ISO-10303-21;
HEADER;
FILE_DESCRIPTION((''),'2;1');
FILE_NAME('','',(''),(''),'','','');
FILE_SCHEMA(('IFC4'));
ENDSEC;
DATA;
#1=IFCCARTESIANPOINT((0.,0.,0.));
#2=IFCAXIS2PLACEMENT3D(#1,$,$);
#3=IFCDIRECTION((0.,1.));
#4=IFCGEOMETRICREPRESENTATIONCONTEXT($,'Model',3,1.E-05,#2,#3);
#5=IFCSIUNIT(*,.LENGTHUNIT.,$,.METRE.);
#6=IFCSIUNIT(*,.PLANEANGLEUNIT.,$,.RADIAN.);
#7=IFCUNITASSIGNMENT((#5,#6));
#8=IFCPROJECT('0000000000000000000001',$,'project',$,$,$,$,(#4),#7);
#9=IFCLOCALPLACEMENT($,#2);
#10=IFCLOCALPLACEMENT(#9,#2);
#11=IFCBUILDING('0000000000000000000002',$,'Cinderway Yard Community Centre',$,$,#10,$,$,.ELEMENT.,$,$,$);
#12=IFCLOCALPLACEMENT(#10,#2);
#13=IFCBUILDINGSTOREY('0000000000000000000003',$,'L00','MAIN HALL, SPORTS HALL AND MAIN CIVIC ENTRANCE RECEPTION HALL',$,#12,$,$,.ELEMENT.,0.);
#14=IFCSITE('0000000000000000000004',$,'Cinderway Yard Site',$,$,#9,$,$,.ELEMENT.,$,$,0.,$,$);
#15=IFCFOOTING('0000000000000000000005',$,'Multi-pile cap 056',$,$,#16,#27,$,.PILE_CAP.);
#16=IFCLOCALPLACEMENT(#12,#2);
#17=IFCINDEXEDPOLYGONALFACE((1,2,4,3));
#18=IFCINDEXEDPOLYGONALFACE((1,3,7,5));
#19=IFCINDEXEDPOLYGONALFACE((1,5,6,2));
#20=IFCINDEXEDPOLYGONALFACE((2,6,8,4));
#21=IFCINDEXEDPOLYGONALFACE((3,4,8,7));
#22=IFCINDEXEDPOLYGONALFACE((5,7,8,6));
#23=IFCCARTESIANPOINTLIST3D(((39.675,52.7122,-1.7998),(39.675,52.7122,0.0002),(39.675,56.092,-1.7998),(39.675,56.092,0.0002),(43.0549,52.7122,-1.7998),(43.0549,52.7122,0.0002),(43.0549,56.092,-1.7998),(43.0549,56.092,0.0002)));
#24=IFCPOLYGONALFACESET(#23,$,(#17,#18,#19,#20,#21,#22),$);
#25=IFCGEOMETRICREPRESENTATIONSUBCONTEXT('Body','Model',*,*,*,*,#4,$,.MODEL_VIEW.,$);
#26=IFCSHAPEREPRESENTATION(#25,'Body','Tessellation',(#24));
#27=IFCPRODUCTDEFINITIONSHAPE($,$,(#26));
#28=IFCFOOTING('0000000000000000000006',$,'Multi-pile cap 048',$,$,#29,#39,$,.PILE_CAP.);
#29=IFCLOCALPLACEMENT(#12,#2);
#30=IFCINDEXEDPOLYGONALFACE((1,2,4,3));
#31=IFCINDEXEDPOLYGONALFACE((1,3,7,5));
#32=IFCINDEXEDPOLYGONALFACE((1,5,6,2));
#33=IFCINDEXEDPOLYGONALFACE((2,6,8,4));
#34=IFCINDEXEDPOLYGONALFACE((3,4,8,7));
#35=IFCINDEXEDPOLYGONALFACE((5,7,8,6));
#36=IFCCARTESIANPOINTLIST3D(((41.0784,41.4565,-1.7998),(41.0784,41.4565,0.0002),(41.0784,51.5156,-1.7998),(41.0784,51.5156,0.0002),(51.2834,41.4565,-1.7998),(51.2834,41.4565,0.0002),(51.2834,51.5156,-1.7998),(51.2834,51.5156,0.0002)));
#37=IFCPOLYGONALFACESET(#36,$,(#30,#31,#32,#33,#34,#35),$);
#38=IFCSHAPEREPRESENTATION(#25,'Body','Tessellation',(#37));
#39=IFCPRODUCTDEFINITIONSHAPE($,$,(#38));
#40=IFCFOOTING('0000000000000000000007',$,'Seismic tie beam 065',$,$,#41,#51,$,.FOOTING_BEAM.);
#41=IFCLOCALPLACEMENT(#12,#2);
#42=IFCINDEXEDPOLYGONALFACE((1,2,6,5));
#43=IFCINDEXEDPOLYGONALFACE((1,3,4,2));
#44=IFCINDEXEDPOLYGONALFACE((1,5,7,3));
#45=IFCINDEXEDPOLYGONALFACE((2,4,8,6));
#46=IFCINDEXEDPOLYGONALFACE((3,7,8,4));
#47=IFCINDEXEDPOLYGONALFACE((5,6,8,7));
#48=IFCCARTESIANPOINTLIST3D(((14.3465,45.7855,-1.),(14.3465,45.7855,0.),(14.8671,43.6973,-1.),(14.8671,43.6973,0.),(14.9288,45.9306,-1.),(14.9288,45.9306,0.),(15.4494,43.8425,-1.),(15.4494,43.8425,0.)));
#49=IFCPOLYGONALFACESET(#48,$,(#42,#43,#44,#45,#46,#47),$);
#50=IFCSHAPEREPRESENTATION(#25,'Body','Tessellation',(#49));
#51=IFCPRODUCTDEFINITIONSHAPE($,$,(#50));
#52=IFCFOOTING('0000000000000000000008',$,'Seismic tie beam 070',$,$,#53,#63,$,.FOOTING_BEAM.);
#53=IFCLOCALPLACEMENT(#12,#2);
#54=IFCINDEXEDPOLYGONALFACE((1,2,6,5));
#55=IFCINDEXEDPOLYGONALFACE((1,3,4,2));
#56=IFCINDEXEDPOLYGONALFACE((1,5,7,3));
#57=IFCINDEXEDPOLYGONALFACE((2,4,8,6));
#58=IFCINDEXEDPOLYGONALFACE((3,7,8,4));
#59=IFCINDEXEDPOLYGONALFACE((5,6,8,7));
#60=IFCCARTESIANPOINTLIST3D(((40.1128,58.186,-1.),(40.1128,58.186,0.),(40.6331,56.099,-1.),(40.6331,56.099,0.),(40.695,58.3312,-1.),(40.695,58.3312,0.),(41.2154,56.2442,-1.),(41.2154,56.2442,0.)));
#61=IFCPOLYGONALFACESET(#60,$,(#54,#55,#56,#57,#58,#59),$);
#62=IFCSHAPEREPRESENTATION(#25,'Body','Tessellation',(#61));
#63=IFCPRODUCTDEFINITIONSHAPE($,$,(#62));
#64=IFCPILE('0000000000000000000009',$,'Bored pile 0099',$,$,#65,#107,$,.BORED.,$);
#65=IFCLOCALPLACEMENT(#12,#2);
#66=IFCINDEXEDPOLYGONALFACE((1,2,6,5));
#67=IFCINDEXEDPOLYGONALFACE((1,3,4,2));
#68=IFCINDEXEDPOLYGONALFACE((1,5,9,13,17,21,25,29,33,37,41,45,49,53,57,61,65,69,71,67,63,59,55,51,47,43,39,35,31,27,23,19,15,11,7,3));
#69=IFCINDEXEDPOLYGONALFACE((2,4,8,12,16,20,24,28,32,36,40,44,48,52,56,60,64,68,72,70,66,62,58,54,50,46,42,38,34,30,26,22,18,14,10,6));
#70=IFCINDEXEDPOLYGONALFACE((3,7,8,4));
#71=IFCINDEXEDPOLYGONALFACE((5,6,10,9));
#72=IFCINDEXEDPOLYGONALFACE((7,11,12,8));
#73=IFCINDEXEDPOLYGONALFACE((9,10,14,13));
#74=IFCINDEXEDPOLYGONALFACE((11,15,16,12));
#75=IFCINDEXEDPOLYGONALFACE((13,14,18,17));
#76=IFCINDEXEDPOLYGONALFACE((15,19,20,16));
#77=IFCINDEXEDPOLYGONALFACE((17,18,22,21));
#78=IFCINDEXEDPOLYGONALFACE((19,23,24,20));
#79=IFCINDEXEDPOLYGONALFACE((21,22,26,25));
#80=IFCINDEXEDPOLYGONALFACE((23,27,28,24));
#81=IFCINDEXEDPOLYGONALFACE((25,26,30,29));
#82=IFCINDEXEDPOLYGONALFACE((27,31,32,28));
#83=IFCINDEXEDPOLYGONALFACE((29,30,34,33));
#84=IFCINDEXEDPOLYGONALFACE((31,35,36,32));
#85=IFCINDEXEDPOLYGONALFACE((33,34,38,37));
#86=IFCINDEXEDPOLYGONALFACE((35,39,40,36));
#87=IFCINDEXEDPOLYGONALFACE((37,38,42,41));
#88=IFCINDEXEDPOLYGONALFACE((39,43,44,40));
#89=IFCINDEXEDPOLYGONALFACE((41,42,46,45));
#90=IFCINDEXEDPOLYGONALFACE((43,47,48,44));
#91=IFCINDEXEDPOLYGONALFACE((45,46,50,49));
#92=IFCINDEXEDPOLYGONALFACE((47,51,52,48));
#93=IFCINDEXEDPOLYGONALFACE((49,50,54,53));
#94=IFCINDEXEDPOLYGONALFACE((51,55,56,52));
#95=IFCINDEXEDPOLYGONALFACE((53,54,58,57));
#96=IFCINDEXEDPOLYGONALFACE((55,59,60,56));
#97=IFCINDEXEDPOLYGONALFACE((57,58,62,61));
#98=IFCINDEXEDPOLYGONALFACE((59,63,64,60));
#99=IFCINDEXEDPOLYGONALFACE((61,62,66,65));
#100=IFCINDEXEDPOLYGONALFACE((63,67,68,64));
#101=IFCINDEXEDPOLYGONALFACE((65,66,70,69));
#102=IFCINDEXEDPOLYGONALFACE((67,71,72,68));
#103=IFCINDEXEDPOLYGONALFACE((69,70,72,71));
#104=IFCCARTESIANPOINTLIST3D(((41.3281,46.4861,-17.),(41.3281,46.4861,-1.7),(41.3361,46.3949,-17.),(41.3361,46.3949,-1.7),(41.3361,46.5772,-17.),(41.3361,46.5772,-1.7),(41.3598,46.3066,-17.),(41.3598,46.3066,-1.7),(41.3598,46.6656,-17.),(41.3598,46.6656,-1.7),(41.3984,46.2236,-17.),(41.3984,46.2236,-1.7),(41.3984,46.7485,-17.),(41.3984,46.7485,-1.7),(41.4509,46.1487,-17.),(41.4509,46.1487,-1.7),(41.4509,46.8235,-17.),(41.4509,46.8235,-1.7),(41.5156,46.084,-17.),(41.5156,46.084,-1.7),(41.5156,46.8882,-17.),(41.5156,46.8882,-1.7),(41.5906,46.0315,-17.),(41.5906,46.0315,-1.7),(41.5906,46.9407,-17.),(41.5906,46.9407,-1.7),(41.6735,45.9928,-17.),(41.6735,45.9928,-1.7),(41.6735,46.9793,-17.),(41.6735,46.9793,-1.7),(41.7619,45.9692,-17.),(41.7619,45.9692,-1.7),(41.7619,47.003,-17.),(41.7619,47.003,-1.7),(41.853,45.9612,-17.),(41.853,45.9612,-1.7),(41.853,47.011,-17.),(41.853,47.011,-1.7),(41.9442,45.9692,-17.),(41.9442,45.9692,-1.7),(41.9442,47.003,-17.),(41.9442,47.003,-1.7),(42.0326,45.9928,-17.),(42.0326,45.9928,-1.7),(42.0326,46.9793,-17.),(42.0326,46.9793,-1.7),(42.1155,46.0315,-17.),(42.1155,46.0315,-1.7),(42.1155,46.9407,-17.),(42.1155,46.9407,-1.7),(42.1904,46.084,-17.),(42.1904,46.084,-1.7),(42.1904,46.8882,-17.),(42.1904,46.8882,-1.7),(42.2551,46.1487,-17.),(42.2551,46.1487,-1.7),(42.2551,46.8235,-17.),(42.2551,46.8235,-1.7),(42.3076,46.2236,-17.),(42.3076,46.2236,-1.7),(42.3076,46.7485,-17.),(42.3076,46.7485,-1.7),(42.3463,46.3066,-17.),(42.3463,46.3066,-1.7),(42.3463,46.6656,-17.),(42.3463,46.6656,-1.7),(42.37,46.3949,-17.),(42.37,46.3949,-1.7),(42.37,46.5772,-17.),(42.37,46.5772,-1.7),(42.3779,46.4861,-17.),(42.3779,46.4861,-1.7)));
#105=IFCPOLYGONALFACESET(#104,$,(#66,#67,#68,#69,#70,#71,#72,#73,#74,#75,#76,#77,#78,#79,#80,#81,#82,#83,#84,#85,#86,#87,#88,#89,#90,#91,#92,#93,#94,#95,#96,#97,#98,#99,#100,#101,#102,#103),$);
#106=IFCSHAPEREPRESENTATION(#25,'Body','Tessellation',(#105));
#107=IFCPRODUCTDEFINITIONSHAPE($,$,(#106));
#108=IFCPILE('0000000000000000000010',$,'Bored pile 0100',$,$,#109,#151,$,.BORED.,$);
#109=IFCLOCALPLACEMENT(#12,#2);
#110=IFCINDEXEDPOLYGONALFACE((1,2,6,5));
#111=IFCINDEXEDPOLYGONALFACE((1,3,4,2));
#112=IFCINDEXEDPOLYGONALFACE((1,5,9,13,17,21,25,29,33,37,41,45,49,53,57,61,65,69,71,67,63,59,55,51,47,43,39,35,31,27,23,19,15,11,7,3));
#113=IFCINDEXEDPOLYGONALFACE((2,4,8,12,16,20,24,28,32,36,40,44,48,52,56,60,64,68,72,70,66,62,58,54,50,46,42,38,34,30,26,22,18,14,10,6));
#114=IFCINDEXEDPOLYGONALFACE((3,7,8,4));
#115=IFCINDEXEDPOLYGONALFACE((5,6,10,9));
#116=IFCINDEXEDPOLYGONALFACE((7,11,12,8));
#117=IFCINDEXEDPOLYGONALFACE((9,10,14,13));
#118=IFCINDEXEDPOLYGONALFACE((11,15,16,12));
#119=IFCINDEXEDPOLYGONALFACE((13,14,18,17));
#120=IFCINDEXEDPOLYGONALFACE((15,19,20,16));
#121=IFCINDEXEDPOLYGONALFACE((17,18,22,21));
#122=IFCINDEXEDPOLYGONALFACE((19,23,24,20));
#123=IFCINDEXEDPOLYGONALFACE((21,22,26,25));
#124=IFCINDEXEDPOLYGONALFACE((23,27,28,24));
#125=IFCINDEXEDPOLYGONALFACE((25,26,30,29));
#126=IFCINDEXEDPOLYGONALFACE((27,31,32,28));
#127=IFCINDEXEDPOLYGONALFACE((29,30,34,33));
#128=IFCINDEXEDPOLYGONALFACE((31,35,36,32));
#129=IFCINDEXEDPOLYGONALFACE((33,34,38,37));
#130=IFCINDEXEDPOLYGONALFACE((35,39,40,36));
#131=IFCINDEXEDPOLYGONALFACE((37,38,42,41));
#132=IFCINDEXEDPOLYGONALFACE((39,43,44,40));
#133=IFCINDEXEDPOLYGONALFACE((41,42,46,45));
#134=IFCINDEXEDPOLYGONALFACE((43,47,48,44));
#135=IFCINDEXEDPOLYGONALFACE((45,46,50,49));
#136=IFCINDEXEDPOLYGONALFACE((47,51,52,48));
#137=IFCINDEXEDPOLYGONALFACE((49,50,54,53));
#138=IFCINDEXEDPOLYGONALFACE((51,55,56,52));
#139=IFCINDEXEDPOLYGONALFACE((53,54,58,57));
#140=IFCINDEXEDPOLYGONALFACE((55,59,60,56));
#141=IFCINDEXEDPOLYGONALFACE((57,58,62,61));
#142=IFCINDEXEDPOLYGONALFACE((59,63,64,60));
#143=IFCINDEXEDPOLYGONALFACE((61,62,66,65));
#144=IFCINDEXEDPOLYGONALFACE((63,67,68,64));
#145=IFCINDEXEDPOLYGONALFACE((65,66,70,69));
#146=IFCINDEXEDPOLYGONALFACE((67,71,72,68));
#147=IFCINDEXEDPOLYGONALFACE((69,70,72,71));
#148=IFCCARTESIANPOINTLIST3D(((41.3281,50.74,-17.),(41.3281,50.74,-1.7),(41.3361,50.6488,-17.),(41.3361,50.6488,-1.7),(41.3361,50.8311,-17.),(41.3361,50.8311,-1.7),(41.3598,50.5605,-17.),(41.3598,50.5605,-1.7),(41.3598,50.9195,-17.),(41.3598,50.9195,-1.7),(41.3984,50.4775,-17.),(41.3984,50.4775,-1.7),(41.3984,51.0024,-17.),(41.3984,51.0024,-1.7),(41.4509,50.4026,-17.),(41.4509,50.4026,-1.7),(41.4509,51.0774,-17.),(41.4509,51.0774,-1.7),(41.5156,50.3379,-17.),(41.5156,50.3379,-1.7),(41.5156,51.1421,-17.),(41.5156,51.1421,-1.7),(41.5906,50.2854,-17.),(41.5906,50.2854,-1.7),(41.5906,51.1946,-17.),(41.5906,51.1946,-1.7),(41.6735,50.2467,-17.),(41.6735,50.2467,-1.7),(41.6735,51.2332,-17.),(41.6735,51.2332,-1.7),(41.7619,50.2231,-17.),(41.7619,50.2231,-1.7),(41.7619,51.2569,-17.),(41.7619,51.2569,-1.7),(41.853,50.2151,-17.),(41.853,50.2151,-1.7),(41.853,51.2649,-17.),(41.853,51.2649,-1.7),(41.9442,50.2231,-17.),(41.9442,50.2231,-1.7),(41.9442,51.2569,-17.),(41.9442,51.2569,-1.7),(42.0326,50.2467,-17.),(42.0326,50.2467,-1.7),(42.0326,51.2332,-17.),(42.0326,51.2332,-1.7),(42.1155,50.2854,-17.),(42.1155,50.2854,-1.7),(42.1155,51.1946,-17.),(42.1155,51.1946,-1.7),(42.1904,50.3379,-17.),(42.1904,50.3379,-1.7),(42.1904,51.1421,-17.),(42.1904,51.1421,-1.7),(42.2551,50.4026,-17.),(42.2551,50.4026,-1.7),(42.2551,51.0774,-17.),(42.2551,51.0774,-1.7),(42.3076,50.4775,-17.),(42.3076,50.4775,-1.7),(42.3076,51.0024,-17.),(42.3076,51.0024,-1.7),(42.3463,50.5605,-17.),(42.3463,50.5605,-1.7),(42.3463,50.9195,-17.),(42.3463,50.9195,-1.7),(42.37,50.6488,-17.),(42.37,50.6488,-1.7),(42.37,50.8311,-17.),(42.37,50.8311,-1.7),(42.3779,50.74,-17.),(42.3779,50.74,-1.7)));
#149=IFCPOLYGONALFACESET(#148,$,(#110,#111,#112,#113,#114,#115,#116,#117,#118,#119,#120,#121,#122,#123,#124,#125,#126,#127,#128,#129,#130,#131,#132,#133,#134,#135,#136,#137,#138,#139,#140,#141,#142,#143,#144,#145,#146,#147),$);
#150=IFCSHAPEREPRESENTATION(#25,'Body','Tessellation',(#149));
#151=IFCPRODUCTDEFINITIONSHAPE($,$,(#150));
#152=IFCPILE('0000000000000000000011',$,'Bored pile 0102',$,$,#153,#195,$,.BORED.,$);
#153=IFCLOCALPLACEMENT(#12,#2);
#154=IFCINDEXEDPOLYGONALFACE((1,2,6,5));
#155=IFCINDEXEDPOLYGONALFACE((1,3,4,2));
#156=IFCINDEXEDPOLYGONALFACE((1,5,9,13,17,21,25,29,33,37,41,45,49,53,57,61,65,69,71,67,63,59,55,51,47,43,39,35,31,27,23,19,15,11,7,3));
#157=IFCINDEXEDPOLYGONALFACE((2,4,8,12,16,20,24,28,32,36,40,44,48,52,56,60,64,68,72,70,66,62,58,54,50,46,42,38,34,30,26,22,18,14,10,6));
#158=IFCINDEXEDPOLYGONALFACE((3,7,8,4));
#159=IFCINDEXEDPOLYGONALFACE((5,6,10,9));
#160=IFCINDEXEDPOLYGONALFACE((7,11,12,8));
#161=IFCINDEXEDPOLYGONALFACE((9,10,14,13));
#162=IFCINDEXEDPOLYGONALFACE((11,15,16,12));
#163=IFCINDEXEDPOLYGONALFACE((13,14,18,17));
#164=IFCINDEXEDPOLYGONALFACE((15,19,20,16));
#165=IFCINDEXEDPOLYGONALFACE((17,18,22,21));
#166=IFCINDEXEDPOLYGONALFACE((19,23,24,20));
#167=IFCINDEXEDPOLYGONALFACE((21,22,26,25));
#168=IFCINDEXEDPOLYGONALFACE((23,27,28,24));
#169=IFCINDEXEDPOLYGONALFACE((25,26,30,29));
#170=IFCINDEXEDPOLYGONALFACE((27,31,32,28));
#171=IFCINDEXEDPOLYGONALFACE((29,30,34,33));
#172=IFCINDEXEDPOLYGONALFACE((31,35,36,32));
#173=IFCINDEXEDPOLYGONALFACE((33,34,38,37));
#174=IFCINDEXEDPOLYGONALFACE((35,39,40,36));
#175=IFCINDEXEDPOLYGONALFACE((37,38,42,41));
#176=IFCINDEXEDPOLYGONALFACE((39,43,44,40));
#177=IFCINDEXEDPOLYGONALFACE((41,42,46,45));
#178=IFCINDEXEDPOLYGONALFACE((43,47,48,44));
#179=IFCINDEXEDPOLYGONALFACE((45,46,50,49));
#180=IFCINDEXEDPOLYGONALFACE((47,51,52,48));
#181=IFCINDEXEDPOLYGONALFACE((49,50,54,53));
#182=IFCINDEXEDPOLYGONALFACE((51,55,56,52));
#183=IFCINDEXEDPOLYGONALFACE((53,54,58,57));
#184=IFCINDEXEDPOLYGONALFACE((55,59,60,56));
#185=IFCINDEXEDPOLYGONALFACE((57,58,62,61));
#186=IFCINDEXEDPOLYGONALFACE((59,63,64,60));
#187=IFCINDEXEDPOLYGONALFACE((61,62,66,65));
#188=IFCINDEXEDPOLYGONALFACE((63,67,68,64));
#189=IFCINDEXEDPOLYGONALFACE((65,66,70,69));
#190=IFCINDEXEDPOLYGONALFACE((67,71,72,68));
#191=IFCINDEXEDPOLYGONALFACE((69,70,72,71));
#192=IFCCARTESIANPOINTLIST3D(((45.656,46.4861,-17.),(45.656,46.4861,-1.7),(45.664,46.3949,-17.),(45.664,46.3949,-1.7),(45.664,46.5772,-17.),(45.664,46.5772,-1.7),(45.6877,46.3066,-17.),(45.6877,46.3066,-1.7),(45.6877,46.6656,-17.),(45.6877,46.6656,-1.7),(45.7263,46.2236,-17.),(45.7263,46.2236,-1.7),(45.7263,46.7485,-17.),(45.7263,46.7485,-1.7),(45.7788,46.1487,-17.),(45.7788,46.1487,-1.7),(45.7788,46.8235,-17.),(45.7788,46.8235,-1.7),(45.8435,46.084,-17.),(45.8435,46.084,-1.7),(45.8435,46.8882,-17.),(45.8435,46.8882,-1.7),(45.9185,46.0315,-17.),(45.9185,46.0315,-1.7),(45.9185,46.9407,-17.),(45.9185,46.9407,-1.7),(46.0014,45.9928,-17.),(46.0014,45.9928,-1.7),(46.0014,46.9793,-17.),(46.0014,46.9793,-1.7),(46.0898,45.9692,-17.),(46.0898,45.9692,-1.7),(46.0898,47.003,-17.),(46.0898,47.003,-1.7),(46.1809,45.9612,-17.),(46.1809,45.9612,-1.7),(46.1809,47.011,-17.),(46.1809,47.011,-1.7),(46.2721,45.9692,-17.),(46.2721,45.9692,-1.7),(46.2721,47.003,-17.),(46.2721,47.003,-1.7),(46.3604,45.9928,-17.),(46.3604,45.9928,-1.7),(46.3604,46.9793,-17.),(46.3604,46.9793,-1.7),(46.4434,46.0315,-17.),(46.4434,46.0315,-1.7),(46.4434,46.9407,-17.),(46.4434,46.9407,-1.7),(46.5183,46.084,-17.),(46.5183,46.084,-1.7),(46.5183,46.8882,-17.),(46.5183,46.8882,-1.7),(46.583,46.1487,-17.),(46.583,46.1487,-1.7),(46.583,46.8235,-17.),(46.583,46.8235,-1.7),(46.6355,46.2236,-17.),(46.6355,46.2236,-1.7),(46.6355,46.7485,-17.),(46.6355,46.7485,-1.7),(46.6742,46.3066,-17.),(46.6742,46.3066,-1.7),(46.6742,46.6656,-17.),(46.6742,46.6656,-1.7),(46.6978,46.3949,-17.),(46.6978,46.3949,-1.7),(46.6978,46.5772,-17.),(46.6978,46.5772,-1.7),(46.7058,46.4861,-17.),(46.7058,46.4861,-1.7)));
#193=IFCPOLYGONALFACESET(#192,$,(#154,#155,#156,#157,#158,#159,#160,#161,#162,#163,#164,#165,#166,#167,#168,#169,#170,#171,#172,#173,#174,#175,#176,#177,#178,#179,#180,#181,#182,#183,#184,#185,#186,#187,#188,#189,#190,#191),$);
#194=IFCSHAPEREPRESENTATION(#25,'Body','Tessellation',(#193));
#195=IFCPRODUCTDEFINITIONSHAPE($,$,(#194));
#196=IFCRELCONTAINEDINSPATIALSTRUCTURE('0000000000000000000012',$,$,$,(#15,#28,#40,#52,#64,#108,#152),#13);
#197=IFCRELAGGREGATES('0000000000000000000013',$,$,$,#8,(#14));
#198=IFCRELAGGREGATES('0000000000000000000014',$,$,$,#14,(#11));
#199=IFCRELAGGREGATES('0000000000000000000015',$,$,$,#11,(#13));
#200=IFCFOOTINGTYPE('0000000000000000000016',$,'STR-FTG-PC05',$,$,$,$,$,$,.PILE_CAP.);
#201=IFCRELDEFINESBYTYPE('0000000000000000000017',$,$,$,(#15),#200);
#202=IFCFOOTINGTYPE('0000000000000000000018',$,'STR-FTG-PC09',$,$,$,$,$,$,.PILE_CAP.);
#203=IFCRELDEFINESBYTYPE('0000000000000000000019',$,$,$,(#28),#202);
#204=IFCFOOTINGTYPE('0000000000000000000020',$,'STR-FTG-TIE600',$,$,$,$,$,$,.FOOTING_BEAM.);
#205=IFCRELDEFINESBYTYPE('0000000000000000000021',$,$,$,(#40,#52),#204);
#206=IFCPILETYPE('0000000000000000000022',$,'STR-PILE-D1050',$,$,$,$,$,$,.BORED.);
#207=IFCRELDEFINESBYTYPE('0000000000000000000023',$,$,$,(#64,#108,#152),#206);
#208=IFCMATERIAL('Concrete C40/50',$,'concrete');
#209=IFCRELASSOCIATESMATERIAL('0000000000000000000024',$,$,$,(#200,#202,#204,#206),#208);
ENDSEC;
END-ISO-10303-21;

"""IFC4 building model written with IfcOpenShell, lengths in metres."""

from ifc_helpers import new_model, si_unit, direction, frame, origin, origin_2d, place, context, subcontext, project, spatial, rectangle, circle, extrude, material, material_profile, profile_set, type_object, element, save


model = new_model("IFC4")

# Units and contexts
model_context = context("Model", 3, precision=1e-05, world=origin(), true_north=direction((0.0, 1.0)))
body_context = subcontext(model_context, "Body", "Model", "MODEL_VIEW")
ifc_project = project(units=[si_unit("LENGTHUNIT", "METRE"), si_unit("PLANEANGLEUNIT", "RADIAN")], contexts=[model_context])

# Site, building, storey
site_placement = place(None, origin())
site = spatial("IfcSite", under=ifc_project, at=site_placement, Name="Cinderway Yard Site", CompositionType="ELEMENT", RefElevation=0.0)
building_placement = place(site_placement, origin())
building = spatial("IfcBuilding", under=site, at=building_placement, Name="Cinderway Yard Community Centre", CompositionType="ELEMENT")
storey_placement = place(building_placement, origin())
storey = spatial("IfcBuildingStorey", under=building, at=storey_placement, Name="L00", Description="MAIN HALL, SPORTS HALL AND MAIN CIVIC ENTRANCE RECEPTION HALL", CompositionType="ELEMENT", Elevation=0.0)

# Footings
ifc_material_1 = material(Name="Concrete C40/50", Category="concrete")
footing_type_1 = type_object("IfcFootingType", Name="STR-FTG-PC05", PredefinedType="PILE_CAP", material=ifc_material_1)
footing_1_placement = place(storey_placement, frame((41.365, 54.4021, -1.7998), z_axis=(0.0, 0.0, 1.0), x_axis=(1.0, 0.0, 0.0)))
element("IfcFooting", 1, at=footing_1_placement, inside=storey, type_object=footing_type_1, Name="Multi-pile cap 056", PredefinedType="PILE_CAP", context=body_context, shape_type="SweptSolid", body=[
    extrude(rectangle(XDim=3.3799, YDim=3.3799, at=origin_2d()), origin(), (0.0, 0.0, 1.0), 1.8),
])
footing_type_2 = type_object("IfcFootingType", Name="STR-FTG-PC09", PredefinedType="PILE_CAP", material=ifc_material_1)
footing_2_placement = place(storey_placement, frame((46.1809, 46.4861, -1.7998), z_axis=(0.0, 0.0, 1.0), x_axis=(1.0, 0.0, 0.0)))
element("IfcFooting", 2, at=footing_2_placement, inside=storey, type_object=footing_type_2, Name="Multi-pile cap 048", PredefinedType="PILE_CAP", context=body_context, shape_type="SweptSolid", body=[
    extrude(rectangle(XDim=10.2051, YDim=10.0591, at=origin_2d()), origin(), (0.0, 0.0, 1.0), 1.8),
])
footing_type_3 = type_object("IfcFootingType", Name="STR-FTG-TIE600", PredefinedType="FOOTING_BEAM", material=ifc_material_1)
footing_3_placement = place(storey_placement, frame((14.8979, 44.814, -1.0), z_axis=(0.0, 0.0, 1.0), x_axis=(-0.241922, 0.970296, 0.0)))
element("IfcFooting", 3, at=footing_3_placement, inside=storey, type_object=footing_type_3, Name="Seismic tie beam 065", PredefinedType="FOOTING_BEAM", context=body_context, shape_type="SweptSolid", body=[
    extrude(rectangle(XDim=2.1521, YDim=0.6001, at=origin_2d()), origin(), (0.0, 0.0, 1.0), 1.0),
])
footing_4_placement = place(storey_placement, frame((40.6641, 57.2151, -1.0), z_axis=(0.0, 0.0, 1.0), x_axis=(-0.241922, 0.970296, 0.0)))
element("IfcFooting", 4, at=footing_4_placement, inside=storey, type_object=footing_type_3, Name="Seismic tie beam 070", PredefinedType="FOOTING_BEAM", context=body_context, shape_type="SweptSolid", body=[
    extrude(rectangle(XDim=2.1509, YDim=0.6001, at=origin_2d()), origin(), (0.0, 0.0, 1.0), 1.0),
])

# Piles
ifc_material_profile_1 = material_profile(ifc_material_1, circle(Radius=0.5249, at=origin_2d()), Name="Concrete C40/50")
ifc_profile_set_1 = profile_set([ifc_material_profile_1], Name="Concrete C40/50")
pile_type_1 = type_object("IfcPileType", Name="STR-PILE-D1050", PredefinedType="BORED", material=ifc_profile_set_1)
for number, where, z_axis, x_axis, name in (
    (5, (41.853, 46.4861, -1.7), (0.0, 0.0, -1.0), (1.0, 0.0, 0.0), "Bored pile 0099"),
    (6, (41.853, 50.74, -1.7), (0.0, 0.0, -1.0), (1.0, 0.0, 0.0), "Bored pile 0100"),
    (7, (46.1809, 46.4861, -1.7), (0.0, 0.0, -1.0), (1.0, 0.0, 0.0), "Bored pile 0102"),
):
    element("IfcPile", number, at=place(storey_placement, frame(where, z_axis=z_axis, x_axis=x_axis)), inside=storey, type_object=pile_type_1, Name=name, PredefinedType="BORED", context=body_context, shape_type="SweptSolid", body=[
        extrude(circle(Radius=0.5249, at=origin_2d()), origin(), (0.0, 0.0, 1.0), 15.3),
    ])

save(model, "model.ifc")
